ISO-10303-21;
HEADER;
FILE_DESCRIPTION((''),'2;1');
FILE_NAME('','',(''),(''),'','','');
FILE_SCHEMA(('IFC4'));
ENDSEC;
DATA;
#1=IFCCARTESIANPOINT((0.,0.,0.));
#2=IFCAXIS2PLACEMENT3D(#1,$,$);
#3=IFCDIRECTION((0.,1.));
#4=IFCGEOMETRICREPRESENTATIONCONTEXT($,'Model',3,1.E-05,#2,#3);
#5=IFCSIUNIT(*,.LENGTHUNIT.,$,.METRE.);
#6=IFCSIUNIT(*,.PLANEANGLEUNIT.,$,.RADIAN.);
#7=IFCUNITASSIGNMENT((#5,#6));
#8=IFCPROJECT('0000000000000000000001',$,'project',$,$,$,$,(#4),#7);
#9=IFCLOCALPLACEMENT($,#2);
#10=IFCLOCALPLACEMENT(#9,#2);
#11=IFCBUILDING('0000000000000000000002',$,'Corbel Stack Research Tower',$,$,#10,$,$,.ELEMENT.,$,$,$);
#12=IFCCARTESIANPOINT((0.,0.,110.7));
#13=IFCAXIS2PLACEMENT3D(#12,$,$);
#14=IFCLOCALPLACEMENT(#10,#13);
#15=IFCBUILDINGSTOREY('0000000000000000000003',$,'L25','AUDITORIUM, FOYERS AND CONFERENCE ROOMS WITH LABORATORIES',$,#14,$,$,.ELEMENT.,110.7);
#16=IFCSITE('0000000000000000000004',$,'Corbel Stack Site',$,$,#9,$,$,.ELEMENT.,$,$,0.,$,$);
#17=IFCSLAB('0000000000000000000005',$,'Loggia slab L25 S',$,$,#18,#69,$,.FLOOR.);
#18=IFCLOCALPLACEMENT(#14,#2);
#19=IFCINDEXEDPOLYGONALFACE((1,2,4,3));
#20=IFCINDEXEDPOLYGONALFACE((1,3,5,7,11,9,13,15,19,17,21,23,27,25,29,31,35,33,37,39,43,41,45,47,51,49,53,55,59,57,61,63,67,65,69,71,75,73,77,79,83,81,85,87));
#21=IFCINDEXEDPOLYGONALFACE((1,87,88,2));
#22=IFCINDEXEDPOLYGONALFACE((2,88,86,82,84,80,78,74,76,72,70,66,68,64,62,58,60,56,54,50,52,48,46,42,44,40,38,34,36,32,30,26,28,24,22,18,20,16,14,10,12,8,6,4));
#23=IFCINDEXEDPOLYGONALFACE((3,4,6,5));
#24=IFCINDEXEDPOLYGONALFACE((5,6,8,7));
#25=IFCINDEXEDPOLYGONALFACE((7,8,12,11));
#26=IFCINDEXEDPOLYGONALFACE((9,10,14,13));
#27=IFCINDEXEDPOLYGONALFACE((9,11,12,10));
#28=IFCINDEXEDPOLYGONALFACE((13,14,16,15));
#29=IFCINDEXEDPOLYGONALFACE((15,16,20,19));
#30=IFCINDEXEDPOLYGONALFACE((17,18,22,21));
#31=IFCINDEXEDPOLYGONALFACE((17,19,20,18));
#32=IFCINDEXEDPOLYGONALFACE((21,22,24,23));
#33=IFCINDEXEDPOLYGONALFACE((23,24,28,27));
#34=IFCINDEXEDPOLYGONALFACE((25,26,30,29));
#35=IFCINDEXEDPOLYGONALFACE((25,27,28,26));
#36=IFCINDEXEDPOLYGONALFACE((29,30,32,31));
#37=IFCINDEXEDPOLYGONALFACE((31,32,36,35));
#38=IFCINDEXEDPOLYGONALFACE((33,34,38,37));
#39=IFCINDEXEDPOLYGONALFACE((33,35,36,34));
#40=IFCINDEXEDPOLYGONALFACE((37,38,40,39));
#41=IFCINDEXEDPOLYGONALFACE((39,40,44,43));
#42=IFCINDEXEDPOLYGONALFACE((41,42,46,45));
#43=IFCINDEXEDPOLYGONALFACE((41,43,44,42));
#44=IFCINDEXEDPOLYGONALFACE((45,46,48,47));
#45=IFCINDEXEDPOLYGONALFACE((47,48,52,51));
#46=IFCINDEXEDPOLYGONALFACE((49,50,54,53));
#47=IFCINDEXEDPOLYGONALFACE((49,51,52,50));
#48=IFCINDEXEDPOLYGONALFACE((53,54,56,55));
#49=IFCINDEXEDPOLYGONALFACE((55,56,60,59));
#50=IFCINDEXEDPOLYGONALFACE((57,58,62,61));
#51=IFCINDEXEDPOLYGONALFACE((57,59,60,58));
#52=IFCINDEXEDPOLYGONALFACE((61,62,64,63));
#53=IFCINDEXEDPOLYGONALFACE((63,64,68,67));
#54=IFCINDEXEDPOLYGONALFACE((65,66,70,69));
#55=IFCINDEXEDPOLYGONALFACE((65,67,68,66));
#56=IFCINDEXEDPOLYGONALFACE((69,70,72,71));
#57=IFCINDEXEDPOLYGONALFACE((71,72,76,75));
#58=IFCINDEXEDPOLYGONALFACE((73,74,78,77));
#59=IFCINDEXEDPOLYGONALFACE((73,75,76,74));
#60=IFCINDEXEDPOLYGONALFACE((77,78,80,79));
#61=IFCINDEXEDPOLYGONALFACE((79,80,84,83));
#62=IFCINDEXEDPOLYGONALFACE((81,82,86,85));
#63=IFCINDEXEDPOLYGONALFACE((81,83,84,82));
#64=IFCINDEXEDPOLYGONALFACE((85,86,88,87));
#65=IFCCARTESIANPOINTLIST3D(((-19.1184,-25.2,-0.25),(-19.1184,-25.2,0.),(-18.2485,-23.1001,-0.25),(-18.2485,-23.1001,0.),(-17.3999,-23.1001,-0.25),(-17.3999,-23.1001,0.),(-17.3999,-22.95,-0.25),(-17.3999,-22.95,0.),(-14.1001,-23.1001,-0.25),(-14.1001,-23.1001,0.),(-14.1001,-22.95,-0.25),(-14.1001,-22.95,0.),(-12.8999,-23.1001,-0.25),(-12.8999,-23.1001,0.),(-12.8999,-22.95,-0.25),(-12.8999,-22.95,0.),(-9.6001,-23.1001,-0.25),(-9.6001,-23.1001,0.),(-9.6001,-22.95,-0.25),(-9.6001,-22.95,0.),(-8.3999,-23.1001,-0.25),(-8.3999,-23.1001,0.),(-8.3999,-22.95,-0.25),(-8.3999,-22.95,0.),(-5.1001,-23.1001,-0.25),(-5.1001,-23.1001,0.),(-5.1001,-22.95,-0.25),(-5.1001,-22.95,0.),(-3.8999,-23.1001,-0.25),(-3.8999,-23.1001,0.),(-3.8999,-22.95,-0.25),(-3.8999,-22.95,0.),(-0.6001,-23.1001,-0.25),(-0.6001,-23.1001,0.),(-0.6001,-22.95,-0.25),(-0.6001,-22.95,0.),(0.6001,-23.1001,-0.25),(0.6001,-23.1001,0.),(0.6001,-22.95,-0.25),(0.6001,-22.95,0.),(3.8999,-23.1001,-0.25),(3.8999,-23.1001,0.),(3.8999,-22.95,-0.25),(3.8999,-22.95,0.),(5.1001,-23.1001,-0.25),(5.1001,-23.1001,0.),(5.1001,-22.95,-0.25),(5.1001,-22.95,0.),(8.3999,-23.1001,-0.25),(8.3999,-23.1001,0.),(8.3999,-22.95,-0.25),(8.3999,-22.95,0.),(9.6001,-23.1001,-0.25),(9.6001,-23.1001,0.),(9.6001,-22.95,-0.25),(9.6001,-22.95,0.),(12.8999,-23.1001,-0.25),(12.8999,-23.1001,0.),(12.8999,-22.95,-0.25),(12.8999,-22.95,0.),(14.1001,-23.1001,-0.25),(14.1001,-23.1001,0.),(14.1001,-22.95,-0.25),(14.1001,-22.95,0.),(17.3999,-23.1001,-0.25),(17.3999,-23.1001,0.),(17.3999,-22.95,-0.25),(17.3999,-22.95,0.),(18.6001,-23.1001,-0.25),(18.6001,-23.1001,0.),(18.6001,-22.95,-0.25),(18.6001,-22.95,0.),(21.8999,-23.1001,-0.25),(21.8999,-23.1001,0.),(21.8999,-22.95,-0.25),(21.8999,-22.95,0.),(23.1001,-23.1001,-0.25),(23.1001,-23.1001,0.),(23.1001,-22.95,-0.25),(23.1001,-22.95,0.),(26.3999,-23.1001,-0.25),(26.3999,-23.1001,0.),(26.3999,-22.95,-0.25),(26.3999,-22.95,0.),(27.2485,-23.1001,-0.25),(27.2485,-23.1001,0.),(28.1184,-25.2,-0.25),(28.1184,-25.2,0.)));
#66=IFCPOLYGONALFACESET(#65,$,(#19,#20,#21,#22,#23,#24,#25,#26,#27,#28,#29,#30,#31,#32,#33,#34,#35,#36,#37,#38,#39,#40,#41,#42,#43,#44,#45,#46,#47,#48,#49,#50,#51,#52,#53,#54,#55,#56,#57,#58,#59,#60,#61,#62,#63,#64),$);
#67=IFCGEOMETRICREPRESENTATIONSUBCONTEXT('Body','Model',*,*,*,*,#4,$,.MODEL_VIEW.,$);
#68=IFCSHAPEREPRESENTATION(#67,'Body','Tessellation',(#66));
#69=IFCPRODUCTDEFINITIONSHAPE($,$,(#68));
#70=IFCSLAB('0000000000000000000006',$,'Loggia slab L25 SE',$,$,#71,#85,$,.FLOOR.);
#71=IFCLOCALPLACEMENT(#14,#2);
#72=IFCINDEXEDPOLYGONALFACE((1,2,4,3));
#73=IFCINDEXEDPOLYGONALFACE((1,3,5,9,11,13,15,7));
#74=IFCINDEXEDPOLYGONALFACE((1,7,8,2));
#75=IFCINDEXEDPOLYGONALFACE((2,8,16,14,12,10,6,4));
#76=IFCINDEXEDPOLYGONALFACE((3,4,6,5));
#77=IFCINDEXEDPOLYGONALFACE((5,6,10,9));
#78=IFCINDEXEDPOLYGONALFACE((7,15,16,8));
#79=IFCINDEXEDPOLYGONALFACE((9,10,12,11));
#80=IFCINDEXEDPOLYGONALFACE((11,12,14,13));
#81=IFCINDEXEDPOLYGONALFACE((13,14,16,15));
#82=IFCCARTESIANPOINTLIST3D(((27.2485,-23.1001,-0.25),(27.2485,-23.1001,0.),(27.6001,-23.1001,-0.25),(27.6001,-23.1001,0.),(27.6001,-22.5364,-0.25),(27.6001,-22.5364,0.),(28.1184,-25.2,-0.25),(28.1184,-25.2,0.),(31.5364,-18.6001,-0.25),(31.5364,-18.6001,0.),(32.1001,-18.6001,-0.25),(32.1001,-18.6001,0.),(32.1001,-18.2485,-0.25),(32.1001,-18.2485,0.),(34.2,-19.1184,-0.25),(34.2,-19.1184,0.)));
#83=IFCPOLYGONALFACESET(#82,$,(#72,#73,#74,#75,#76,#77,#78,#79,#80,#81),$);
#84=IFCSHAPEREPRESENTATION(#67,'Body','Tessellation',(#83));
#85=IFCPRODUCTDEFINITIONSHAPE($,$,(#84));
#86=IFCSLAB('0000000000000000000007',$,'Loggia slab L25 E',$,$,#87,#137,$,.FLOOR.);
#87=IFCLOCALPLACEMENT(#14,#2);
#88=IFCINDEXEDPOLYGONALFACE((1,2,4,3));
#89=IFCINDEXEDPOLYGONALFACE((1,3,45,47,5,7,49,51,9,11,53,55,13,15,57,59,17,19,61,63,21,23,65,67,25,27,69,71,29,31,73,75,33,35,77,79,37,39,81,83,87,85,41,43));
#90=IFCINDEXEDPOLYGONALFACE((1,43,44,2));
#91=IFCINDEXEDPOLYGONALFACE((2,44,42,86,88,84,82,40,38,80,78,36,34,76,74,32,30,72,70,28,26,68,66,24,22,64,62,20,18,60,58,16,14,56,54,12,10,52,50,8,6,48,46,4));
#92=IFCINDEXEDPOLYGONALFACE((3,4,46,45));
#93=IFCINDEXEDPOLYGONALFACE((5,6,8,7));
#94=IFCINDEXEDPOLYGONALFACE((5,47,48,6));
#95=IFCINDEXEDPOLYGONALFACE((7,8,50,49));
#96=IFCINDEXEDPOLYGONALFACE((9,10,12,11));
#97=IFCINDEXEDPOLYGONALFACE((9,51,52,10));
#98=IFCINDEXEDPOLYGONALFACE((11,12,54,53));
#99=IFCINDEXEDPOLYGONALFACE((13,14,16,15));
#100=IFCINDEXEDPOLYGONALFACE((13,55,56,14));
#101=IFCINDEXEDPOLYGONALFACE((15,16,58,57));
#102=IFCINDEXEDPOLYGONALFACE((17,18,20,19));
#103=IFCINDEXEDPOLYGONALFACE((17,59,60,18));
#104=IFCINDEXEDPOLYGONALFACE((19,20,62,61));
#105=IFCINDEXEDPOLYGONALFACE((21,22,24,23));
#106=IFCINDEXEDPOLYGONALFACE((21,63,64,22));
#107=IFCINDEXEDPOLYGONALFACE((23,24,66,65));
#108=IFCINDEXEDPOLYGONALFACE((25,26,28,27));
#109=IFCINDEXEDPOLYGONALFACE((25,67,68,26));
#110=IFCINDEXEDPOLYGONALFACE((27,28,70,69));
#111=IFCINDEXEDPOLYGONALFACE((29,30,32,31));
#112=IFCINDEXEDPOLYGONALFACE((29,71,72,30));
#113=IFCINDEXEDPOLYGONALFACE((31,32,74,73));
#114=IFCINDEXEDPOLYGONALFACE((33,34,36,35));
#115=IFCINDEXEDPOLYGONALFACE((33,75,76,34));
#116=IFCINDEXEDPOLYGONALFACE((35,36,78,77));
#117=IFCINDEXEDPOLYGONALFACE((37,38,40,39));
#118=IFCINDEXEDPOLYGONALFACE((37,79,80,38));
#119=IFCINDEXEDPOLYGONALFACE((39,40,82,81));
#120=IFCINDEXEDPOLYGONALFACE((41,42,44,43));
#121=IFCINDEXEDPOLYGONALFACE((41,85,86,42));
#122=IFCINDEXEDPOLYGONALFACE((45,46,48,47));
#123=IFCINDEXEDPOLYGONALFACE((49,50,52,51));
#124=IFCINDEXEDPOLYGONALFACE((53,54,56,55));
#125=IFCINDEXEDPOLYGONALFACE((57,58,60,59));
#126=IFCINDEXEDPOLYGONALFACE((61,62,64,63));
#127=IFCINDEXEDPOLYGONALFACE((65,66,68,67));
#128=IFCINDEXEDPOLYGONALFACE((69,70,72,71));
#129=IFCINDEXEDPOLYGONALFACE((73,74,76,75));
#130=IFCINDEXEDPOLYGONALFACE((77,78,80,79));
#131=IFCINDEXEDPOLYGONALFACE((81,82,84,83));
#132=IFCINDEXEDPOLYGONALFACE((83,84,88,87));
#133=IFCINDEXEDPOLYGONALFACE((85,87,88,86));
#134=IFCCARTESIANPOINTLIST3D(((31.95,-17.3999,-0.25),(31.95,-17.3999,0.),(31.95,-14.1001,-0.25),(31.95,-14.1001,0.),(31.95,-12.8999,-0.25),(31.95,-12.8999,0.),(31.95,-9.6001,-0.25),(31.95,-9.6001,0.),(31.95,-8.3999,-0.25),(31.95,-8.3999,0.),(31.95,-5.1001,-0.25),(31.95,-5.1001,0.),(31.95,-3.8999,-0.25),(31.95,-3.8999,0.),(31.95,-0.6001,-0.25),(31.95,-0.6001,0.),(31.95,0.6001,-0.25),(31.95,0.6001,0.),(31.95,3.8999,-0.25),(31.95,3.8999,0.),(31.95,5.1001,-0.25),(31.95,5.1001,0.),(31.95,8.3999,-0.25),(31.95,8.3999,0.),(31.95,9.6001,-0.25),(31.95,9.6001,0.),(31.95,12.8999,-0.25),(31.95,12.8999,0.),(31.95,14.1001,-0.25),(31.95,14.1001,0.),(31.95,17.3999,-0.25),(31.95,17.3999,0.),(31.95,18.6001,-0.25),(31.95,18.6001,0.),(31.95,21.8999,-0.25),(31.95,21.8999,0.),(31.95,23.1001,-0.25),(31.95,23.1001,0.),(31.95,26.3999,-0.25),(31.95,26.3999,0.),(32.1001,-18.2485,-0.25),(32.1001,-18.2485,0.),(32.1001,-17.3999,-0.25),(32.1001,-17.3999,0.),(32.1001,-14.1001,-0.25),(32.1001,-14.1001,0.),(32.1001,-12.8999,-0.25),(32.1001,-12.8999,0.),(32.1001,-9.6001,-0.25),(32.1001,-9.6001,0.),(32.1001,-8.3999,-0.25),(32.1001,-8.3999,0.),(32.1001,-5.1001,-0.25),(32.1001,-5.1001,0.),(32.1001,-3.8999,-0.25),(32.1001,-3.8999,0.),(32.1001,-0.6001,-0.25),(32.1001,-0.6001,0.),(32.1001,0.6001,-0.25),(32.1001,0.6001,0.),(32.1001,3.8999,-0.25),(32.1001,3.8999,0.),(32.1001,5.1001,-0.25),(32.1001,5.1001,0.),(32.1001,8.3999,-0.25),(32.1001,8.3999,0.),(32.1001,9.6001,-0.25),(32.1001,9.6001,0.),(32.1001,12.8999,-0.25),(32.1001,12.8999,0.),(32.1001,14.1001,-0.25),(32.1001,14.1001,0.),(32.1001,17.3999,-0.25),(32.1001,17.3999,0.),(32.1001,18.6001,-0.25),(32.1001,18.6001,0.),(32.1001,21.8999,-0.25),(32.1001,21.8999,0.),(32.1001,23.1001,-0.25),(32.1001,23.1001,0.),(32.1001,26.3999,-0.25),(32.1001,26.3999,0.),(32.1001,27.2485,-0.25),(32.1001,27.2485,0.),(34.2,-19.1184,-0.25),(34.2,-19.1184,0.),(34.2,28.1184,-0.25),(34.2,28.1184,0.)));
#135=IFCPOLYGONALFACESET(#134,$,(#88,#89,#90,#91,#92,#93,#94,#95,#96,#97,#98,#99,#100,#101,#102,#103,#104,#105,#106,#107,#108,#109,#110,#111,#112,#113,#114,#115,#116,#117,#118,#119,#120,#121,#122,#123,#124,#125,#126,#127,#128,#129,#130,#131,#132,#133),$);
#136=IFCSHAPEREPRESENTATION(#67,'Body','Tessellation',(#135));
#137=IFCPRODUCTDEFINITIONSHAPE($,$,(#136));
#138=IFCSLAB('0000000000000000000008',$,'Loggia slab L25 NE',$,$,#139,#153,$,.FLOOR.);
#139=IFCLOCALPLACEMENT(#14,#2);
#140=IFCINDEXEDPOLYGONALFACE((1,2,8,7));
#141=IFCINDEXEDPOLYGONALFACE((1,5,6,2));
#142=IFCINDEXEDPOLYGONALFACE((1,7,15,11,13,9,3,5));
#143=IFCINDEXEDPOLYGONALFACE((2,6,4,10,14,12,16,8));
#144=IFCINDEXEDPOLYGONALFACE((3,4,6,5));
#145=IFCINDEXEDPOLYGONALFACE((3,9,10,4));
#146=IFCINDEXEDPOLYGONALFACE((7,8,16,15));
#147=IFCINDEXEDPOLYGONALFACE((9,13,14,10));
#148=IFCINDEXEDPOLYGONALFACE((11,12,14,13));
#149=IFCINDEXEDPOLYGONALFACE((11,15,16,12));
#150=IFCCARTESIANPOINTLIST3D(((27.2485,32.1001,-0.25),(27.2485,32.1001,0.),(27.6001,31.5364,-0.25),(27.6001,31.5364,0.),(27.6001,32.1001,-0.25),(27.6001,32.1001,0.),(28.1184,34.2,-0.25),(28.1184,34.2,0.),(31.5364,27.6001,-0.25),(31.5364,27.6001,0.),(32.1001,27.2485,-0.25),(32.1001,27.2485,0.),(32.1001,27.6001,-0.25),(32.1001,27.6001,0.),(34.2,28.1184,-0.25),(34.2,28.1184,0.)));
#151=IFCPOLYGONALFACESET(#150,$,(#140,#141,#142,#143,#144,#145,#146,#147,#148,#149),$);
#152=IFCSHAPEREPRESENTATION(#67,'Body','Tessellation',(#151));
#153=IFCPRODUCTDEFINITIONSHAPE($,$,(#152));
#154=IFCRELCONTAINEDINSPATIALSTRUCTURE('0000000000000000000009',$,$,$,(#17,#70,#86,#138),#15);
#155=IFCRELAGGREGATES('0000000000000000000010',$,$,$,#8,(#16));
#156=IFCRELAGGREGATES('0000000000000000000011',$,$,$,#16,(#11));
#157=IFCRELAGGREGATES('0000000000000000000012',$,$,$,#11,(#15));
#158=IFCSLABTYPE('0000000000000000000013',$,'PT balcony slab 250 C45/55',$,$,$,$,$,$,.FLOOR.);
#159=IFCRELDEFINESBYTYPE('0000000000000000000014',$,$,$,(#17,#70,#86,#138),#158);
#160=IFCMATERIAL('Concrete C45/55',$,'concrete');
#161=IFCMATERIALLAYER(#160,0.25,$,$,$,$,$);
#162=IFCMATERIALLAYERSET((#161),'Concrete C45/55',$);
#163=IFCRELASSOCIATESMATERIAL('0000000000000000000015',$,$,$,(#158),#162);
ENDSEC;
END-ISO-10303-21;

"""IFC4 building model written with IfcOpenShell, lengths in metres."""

from ifc_helpers import new_model, si_unit, direction, frame, origin, place, context, subcontext, project, spatial, polyline, outline, extrude, material, layer, layer_set, type_object, element, save


model = new_model("IFC4")

# Units and contexts
model_context = context("Model", 3, precision=1e-05, world=origin(), true_north=direction((0.0, 1.0)))
body_context = subcontext(model_context, "Body", "Model", "MODEL_VIEW")
ifc_project = project(units=[si_unit("LENGTHUNIT", "METRE"), si_unit("PLANEANGLEUNIT", "RADIAN")], contexts=[model_context])

# Site, building, storey
site_placement = place(None, origin())
site = spatial("IfcSite", under=ifc_project, at=site_placement, Name="Corbel Stack Site", CompositionType="ELEMENT", RefElevation=0.0)
building_placement = place(site_placement, origin())
building = spatial("IfcBuilding", under=site, at=building_placement, Name="Corbel Stack Research Tower", CompositionType="ELEMENT")
storey_placement = place(building_placement, frame((0.0, 0.0, 110.7)))
storey = spatial("IfcBuildingStorey", under=building, at=storey_placement, Name="L25", Description="AUDITORIUM, FOYERS AND CONFERENCE ROOMS WITH LABORATORIES", CompositionType="ELEMENT", Elevation=110.7)

# Slabs
ifc_material_1 = material(Name="Concrete C45/55", Category="concrete")
ifc_layer_1 = layer(ifc_material_1, 0.25)
ifc_layer_set_1 = layer_set([ifc_layer_1], Name="Concrete C45/55")
slab_type_1 = type_object("IfcSlabType", Name="PT balcony slab 250 C45/55", PredefinedType="FLOOR", material=ifc_layer_set_1)
slab_1_placement = place(storey_placement, frame((0.0, 0.0, -0.25)))
element("IfcSlab", 1, at=slab_1_placement, inside=storey, type_object=slab_type_1, Name="Loggia slab L25 S", PredefinedType="FLOOR", context=body_context, shape_type="SweptSolid", body=[
    extrude(outline(polyline([(27.2485, -23.1001), (26.3999, -23.1001), (26.3999, -22.95), (23.1001, -22.95), (23.1001, -23.1001), (21.8999, -23.1001), (21.8999, -22.95), (18.6001, -22.95), (18.6001, -23.1001), (17.3999, -23.1001), (17.3999, -22.95), (14.1001, -22.95), (14.1001, -23.1001), (12.8999, -23.1001), (12.8999, -22.95), (9.6001, -22.95), (9.6001, -23.1001), (8.3999, -23.1001), (8.3999, -22.95), (5.1001, -22.95), (5.1001, -23.1001), (3.8999, -23.1001), (3.8999, -22.95), (0.6001, -22.95), (0.6001, -23.1001), (-0.6001, -23.1001), (-0.6001, -22.95), (-3.8999, -22.95), (-3.8999, -23.1001), (-5.1001, -23.1001), (-5.1001, -22.95), (-8.3999, -22.95), (-8.3999, -23.1001), (-9.6001, -23.1001), (-9.6001, -22.95), (-12.8999, -22.95), (-12.8999, -23.1001), (-14.1001, -23.1001), (-14.1001, -22.95), (-17.3999, -22.95), (-17.3999, -23.1001), (-18.2485, -23.1001), (-19.1184, -25.2), (28.1184, -25.2), (27.2485, -23.1001)])), origin(), (0.0, 0.0, 1.0), 0.25),
])
slab_2_placement = place(storey_placement, frame((0.0, 0.0, -0.25)))
element("IfcSlab", 2, at=slab_2_placement, inside=storey, type_object=slab_type_1, Name="Loggia slab L25 SE", PredefinedType="FLOOR", context=body_context, shape_type="SweptSolid", body=[
    extrude(outline(polyline([(32.1001, -18.2485), (32.1001, -18.6001), (31.5364, -18.6001), (27.6001, -22.5364), (27.6001, -23.1001), (27.2485, -23.1001), (28.1184, -25.2), (34.2, -19.1184), (32.1001, -18.2485)])), origin(), (0.0, 0.0, 1.0), 0.25),
])
slab_3_placement = place(storey_placement, frame((0.0, 0.0, -0.25)))
element("IfcSlab", 3, at=slab_3_placement, inside=storey, type_object=slab_type_1, Name="Loggia slab L25 E", PredefinedType="FLOOR", context=body_context, shape_type="SweptSolid", body=[
    extrude(outline(polyline([(32.1001, 27.2485), (32.1001, 26.3999), (31.95, 26.3999), (31.95, 23.1001), (32.1001, 23.1001), (32.1001, 21.8999), (31.95, 21.8999), (31.95, 18.6001), (32.1001, 18.6001), (32.1001, 17.3999), (31.95, 17.3999), (31.95, 14.1001), (32.1001, 14.1001), (32.1001, 12.8999), (31.95, 12.8999), (31.95, 9.6001), (32.1001, 9.6001), (32.1001, 8.3999), (31.95, 8.3999), (31.95, 5.1001), (32.1001, 5.1001), (32.1001, 3.8999), (31.95, 3.8999), (31.95, 0.6001), (32.1001, 0.6001), (32.1001, -0.6001), (31.95, -0.6001), (31.95, -3.8999), (32.1001, -3.8999), (32.1001, -5.1001), (31.95, -5.1001), (31.95, -8.3999), (32.1001, -8.3999), (32.1001, -9.6001), (31.95, -9.6001), (31.95, -12.8999), (32.1001, -12.8999), (32.1001, -14.1001), (31.95, -14.1001), (31.95, -17.3999), (32.1001, -17.3999), (32.1001, -18.2485), (34.2, -19.1184), (34.2, 28.1184), (32.1001, 27.2485)])), origin(), (0.0, 0.0, 1.0), 0.25),
])
slab_4_placement = place(storey_placement, frame((0.0, 0.0, -0.25)))
element("IfcSlab", 4, at=slab_4_placement, inside=storey, type_object=slab_type_1, Name="Loggia slab L25 NE", PredefinedType="FLOOR", context=body_context, shape_type="SweptSolid", body=[
    extrude(outline(polyline([(27.2485, 32.1001), (27.6001, 32.1001), (27.6001, 31.5364), (31.5364, 27.6001), (32.1001, 27.6001), (32.1001, 27.2485), (34.2, 28.1184), (28.1184, 34.2), (27.2485, 32.1001)])), origin(), (0.0, 0.0, 1.0), 0.25),
])

save(model, "model.ifc")
